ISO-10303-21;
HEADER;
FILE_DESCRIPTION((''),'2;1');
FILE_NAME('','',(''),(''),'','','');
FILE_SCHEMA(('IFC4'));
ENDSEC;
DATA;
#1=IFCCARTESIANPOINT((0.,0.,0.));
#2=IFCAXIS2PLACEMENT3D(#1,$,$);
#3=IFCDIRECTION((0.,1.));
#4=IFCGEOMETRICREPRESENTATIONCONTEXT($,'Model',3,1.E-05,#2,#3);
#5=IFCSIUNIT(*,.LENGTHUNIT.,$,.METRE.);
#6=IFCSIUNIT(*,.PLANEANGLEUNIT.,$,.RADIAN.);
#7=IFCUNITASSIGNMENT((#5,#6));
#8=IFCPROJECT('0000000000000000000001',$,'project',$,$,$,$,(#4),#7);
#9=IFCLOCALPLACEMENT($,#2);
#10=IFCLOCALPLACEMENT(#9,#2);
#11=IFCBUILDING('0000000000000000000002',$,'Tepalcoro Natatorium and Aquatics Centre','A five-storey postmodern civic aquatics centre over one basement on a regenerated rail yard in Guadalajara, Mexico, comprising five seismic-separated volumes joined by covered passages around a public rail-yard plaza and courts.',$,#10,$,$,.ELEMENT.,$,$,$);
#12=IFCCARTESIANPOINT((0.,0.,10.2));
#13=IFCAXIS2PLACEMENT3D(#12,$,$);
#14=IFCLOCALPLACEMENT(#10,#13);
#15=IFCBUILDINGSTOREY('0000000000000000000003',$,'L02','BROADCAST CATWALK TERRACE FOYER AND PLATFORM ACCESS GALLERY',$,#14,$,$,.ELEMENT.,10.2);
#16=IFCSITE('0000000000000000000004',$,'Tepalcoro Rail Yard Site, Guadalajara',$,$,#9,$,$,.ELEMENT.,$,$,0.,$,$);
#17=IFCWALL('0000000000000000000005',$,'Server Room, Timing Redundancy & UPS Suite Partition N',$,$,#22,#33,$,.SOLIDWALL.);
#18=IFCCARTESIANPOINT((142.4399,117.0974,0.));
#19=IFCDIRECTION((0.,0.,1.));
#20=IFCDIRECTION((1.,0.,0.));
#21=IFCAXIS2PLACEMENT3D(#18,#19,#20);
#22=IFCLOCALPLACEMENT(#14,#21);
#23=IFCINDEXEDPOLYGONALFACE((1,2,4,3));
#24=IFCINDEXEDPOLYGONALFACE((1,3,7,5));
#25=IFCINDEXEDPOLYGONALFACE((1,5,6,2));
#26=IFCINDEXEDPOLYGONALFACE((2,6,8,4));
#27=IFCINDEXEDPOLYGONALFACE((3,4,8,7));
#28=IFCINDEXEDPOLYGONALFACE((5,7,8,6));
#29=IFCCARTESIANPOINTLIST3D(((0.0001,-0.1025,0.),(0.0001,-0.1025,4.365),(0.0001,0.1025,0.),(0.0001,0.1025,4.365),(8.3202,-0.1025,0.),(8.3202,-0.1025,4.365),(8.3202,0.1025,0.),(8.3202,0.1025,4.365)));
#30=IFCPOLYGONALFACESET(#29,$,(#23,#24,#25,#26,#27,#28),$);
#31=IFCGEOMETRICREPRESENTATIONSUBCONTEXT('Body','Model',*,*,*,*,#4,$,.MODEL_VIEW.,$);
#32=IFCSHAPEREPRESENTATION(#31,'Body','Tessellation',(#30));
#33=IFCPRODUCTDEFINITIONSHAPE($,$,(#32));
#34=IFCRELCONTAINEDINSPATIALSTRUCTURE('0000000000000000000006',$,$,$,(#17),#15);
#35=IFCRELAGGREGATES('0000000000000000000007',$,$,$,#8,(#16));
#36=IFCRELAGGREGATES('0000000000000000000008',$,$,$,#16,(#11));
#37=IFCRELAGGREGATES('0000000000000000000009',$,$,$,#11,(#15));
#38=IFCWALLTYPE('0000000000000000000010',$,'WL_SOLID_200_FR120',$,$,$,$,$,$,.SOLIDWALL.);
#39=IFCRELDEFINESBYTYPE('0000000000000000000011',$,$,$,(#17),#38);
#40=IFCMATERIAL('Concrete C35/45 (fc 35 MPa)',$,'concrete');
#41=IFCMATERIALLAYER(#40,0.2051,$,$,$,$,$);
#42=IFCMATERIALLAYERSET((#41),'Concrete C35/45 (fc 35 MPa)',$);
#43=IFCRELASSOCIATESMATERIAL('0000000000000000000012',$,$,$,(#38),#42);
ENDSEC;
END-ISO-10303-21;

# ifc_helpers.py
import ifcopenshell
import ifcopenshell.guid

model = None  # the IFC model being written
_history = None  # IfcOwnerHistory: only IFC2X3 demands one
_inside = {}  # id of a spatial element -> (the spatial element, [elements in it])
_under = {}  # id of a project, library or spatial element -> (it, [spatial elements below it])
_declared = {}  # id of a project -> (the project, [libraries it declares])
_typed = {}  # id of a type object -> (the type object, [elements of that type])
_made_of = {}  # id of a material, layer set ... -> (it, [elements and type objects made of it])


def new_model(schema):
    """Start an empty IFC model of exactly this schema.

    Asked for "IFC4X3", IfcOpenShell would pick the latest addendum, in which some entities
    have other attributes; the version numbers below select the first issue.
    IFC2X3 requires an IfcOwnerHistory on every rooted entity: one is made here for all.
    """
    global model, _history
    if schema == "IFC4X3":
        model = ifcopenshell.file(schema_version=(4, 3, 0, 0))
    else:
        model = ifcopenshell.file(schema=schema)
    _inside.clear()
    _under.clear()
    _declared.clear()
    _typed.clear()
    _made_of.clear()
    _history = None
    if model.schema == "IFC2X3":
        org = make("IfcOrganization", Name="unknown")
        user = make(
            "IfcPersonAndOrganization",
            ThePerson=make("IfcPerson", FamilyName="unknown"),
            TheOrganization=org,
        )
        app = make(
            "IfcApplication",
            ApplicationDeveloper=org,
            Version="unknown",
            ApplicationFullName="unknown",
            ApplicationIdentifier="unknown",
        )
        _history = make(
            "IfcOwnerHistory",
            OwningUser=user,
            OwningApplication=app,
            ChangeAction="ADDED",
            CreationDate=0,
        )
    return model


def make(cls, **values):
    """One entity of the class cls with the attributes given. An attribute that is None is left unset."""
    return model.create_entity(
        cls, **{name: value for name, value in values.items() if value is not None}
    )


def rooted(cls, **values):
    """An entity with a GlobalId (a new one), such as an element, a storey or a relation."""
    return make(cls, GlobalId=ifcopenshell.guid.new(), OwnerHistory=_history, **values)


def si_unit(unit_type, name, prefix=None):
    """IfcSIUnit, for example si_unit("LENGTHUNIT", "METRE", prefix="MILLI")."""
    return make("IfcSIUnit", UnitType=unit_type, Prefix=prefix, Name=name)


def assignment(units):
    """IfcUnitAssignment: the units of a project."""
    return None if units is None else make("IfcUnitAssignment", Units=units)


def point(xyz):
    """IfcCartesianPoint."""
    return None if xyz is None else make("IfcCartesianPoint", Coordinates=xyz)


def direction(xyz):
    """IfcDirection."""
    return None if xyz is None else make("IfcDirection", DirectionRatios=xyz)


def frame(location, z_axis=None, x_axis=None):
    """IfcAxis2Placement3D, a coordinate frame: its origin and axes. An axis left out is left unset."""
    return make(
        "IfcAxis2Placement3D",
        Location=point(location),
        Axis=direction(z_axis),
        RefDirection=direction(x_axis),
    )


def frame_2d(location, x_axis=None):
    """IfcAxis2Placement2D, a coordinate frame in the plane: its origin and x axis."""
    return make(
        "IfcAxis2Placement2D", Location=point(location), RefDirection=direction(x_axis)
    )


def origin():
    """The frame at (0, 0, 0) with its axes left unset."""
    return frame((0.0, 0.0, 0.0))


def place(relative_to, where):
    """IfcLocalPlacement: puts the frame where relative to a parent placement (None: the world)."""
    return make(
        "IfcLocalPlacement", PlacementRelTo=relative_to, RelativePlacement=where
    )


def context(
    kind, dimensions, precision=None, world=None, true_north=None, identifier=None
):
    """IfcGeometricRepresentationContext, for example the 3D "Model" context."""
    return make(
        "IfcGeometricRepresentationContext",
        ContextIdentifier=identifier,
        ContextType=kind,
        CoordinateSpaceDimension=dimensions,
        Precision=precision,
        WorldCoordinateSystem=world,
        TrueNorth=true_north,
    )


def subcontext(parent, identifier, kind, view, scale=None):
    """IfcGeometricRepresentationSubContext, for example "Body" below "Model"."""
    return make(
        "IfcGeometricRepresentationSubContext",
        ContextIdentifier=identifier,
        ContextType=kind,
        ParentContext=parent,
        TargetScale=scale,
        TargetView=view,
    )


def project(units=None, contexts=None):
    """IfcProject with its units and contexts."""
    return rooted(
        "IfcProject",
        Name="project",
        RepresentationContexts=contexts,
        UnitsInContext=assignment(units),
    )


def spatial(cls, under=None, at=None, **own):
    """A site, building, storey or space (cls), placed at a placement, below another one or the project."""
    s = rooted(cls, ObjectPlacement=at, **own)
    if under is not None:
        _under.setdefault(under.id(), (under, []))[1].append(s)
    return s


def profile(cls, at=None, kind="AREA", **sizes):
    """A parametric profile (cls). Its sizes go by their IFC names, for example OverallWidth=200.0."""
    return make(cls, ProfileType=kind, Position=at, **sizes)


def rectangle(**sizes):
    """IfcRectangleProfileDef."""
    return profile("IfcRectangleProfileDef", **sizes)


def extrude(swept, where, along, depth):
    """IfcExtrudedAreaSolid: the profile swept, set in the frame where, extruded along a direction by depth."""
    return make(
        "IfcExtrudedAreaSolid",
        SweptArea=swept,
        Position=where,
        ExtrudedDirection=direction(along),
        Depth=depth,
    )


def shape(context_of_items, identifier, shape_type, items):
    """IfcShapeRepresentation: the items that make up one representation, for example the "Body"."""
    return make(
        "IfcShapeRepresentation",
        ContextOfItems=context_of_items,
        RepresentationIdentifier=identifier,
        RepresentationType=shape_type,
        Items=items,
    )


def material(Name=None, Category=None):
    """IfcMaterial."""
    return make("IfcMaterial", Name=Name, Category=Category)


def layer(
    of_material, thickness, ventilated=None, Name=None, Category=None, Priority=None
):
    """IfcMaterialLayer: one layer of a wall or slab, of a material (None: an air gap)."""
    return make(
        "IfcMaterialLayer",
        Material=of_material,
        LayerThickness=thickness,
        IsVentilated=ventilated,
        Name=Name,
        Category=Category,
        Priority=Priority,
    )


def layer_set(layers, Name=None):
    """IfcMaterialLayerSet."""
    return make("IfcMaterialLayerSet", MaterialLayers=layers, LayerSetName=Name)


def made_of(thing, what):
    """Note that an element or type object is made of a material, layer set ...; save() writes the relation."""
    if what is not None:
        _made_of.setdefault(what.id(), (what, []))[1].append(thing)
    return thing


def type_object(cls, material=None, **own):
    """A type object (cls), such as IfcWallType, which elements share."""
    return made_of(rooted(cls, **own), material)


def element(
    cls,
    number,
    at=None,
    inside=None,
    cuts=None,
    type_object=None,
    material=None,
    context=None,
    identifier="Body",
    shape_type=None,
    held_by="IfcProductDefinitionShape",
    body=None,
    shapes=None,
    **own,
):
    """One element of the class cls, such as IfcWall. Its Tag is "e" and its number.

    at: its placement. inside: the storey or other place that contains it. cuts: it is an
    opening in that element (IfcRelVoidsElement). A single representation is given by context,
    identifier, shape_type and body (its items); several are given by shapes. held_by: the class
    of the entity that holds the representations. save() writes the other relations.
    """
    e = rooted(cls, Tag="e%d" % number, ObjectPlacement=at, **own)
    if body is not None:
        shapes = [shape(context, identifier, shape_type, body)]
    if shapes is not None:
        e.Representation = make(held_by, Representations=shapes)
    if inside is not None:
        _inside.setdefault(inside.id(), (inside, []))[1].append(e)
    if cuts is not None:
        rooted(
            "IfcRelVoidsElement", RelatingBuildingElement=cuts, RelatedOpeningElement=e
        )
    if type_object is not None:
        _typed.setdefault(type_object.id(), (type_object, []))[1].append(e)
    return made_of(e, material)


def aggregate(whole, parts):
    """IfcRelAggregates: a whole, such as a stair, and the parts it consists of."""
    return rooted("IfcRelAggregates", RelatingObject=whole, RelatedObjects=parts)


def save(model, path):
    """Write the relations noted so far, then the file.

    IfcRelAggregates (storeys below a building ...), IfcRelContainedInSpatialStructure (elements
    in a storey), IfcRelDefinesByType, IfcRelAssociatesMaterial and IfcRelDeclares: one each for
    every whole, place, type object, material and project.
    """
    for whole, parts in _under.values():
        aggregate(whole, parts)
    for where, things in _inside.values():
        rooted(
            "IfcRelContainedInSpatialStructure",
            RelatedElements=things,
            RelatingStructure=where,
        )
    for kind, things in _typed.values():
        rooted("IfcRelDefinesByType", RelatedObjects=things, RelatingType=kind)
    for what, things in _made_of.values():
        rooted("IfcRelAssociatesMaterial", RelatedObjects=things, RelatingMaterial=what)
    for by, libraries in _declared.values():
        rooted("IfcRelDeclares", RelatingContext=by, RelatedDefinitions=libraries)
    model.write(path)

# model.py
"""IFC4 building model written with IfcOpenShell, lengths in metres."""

from ifc_helpers import new_model, si_unit, direction, frame, frame_2d, origin, place, context, subcontext, project, spatial, rectangle, extrude, material, layer, layer_set, type_object, element, save


model = new_model("IFC4")

# Units and contexts
model_context = context("Model", 3, precision=1e-05, world=origin(), true_north=direction((0.0, 1.0)))
body_context = subcontext(model_context, "Body", "Model", "MODEL_VIEW")
ifc_project = project(units=[si_unit("LENGTHUNIT", "METRE"), si_unit("PLANEANGLEUNIT", "RADIAN")], contexts=[model_context])

# Site, building, storey
site_placement = place(None, origin())
site = spatial("IfcSite", under=ifc_project, at=site_placement, Name="Tepalcoro Rail Yard Site, Guadalajara", CompositionType="ELEMENT", RefElevation=0.0)
building_placement = place(site_placement, origin())
building = spatial("IfcBuilding", under=site, at=building_placement, Name="Tepalcoro Natatorium and Aquatics Centre", Description="A five-storey postmodern civic aquatics centre over one basement on a regenerated rail yard in Guadalajara, Mexico, comprising five seismic-separated volumes joined by covered passages around a public rail-yard plaza and courts.", CompositionType="ELEMENT")
storey_placement = place(building_placement, frame((0.0, 0.0, 10.2)))
storey = spatial("IfcBuildingStorey", under=building, at=storey_placement, Name="L02", Description="BROADCAST CATWALK TERRACE FOYER AND PLATFORM ACCESS GALLERY", CompositionType="ELEMENT", Elevation=10.2)

# Wall
ifc_material_1 = material(Name="Concrete C35/45 (fc 35 MPa)", Category="concrete")
ifc_layer_1 = layer(ifc_material_1, 0.2051)
ifc_layer_set_1 = layer_set([ifc_layer_1], Name="Concrete C35/45 (fc 35 MPa)")
wall_type_1 = type_object("IfcWallType", Name="WL_SOLID_200_FR120", PredefinedType="SOLIDWALL", material=ifc_layer_set_1)
wall_1_placement = place(storey_placement, frame((142.4399, 117.0974, 0.0), z_axis=(0.0, 0.0, 1.0), x_axis=(1.0, 0.0, 0.0)))
element("IfcWall", 1, at=wall_1_placement, inside=storey, type_object=wall_type_1, Name="Server Room, Timing Redundancy & UPS Suite Partition N", PredefinedType="SOLIDWALL", context=body_context, shape_type="SweptSolid", body=[
    extrude(rectangle(XDim=8.3201, YDim=0.2051, at=frame_2d((4.1602, 0.0))), origin(), (0.0, 0.0, 1.0), 4.365),
])

save(model, "model.ifc")
